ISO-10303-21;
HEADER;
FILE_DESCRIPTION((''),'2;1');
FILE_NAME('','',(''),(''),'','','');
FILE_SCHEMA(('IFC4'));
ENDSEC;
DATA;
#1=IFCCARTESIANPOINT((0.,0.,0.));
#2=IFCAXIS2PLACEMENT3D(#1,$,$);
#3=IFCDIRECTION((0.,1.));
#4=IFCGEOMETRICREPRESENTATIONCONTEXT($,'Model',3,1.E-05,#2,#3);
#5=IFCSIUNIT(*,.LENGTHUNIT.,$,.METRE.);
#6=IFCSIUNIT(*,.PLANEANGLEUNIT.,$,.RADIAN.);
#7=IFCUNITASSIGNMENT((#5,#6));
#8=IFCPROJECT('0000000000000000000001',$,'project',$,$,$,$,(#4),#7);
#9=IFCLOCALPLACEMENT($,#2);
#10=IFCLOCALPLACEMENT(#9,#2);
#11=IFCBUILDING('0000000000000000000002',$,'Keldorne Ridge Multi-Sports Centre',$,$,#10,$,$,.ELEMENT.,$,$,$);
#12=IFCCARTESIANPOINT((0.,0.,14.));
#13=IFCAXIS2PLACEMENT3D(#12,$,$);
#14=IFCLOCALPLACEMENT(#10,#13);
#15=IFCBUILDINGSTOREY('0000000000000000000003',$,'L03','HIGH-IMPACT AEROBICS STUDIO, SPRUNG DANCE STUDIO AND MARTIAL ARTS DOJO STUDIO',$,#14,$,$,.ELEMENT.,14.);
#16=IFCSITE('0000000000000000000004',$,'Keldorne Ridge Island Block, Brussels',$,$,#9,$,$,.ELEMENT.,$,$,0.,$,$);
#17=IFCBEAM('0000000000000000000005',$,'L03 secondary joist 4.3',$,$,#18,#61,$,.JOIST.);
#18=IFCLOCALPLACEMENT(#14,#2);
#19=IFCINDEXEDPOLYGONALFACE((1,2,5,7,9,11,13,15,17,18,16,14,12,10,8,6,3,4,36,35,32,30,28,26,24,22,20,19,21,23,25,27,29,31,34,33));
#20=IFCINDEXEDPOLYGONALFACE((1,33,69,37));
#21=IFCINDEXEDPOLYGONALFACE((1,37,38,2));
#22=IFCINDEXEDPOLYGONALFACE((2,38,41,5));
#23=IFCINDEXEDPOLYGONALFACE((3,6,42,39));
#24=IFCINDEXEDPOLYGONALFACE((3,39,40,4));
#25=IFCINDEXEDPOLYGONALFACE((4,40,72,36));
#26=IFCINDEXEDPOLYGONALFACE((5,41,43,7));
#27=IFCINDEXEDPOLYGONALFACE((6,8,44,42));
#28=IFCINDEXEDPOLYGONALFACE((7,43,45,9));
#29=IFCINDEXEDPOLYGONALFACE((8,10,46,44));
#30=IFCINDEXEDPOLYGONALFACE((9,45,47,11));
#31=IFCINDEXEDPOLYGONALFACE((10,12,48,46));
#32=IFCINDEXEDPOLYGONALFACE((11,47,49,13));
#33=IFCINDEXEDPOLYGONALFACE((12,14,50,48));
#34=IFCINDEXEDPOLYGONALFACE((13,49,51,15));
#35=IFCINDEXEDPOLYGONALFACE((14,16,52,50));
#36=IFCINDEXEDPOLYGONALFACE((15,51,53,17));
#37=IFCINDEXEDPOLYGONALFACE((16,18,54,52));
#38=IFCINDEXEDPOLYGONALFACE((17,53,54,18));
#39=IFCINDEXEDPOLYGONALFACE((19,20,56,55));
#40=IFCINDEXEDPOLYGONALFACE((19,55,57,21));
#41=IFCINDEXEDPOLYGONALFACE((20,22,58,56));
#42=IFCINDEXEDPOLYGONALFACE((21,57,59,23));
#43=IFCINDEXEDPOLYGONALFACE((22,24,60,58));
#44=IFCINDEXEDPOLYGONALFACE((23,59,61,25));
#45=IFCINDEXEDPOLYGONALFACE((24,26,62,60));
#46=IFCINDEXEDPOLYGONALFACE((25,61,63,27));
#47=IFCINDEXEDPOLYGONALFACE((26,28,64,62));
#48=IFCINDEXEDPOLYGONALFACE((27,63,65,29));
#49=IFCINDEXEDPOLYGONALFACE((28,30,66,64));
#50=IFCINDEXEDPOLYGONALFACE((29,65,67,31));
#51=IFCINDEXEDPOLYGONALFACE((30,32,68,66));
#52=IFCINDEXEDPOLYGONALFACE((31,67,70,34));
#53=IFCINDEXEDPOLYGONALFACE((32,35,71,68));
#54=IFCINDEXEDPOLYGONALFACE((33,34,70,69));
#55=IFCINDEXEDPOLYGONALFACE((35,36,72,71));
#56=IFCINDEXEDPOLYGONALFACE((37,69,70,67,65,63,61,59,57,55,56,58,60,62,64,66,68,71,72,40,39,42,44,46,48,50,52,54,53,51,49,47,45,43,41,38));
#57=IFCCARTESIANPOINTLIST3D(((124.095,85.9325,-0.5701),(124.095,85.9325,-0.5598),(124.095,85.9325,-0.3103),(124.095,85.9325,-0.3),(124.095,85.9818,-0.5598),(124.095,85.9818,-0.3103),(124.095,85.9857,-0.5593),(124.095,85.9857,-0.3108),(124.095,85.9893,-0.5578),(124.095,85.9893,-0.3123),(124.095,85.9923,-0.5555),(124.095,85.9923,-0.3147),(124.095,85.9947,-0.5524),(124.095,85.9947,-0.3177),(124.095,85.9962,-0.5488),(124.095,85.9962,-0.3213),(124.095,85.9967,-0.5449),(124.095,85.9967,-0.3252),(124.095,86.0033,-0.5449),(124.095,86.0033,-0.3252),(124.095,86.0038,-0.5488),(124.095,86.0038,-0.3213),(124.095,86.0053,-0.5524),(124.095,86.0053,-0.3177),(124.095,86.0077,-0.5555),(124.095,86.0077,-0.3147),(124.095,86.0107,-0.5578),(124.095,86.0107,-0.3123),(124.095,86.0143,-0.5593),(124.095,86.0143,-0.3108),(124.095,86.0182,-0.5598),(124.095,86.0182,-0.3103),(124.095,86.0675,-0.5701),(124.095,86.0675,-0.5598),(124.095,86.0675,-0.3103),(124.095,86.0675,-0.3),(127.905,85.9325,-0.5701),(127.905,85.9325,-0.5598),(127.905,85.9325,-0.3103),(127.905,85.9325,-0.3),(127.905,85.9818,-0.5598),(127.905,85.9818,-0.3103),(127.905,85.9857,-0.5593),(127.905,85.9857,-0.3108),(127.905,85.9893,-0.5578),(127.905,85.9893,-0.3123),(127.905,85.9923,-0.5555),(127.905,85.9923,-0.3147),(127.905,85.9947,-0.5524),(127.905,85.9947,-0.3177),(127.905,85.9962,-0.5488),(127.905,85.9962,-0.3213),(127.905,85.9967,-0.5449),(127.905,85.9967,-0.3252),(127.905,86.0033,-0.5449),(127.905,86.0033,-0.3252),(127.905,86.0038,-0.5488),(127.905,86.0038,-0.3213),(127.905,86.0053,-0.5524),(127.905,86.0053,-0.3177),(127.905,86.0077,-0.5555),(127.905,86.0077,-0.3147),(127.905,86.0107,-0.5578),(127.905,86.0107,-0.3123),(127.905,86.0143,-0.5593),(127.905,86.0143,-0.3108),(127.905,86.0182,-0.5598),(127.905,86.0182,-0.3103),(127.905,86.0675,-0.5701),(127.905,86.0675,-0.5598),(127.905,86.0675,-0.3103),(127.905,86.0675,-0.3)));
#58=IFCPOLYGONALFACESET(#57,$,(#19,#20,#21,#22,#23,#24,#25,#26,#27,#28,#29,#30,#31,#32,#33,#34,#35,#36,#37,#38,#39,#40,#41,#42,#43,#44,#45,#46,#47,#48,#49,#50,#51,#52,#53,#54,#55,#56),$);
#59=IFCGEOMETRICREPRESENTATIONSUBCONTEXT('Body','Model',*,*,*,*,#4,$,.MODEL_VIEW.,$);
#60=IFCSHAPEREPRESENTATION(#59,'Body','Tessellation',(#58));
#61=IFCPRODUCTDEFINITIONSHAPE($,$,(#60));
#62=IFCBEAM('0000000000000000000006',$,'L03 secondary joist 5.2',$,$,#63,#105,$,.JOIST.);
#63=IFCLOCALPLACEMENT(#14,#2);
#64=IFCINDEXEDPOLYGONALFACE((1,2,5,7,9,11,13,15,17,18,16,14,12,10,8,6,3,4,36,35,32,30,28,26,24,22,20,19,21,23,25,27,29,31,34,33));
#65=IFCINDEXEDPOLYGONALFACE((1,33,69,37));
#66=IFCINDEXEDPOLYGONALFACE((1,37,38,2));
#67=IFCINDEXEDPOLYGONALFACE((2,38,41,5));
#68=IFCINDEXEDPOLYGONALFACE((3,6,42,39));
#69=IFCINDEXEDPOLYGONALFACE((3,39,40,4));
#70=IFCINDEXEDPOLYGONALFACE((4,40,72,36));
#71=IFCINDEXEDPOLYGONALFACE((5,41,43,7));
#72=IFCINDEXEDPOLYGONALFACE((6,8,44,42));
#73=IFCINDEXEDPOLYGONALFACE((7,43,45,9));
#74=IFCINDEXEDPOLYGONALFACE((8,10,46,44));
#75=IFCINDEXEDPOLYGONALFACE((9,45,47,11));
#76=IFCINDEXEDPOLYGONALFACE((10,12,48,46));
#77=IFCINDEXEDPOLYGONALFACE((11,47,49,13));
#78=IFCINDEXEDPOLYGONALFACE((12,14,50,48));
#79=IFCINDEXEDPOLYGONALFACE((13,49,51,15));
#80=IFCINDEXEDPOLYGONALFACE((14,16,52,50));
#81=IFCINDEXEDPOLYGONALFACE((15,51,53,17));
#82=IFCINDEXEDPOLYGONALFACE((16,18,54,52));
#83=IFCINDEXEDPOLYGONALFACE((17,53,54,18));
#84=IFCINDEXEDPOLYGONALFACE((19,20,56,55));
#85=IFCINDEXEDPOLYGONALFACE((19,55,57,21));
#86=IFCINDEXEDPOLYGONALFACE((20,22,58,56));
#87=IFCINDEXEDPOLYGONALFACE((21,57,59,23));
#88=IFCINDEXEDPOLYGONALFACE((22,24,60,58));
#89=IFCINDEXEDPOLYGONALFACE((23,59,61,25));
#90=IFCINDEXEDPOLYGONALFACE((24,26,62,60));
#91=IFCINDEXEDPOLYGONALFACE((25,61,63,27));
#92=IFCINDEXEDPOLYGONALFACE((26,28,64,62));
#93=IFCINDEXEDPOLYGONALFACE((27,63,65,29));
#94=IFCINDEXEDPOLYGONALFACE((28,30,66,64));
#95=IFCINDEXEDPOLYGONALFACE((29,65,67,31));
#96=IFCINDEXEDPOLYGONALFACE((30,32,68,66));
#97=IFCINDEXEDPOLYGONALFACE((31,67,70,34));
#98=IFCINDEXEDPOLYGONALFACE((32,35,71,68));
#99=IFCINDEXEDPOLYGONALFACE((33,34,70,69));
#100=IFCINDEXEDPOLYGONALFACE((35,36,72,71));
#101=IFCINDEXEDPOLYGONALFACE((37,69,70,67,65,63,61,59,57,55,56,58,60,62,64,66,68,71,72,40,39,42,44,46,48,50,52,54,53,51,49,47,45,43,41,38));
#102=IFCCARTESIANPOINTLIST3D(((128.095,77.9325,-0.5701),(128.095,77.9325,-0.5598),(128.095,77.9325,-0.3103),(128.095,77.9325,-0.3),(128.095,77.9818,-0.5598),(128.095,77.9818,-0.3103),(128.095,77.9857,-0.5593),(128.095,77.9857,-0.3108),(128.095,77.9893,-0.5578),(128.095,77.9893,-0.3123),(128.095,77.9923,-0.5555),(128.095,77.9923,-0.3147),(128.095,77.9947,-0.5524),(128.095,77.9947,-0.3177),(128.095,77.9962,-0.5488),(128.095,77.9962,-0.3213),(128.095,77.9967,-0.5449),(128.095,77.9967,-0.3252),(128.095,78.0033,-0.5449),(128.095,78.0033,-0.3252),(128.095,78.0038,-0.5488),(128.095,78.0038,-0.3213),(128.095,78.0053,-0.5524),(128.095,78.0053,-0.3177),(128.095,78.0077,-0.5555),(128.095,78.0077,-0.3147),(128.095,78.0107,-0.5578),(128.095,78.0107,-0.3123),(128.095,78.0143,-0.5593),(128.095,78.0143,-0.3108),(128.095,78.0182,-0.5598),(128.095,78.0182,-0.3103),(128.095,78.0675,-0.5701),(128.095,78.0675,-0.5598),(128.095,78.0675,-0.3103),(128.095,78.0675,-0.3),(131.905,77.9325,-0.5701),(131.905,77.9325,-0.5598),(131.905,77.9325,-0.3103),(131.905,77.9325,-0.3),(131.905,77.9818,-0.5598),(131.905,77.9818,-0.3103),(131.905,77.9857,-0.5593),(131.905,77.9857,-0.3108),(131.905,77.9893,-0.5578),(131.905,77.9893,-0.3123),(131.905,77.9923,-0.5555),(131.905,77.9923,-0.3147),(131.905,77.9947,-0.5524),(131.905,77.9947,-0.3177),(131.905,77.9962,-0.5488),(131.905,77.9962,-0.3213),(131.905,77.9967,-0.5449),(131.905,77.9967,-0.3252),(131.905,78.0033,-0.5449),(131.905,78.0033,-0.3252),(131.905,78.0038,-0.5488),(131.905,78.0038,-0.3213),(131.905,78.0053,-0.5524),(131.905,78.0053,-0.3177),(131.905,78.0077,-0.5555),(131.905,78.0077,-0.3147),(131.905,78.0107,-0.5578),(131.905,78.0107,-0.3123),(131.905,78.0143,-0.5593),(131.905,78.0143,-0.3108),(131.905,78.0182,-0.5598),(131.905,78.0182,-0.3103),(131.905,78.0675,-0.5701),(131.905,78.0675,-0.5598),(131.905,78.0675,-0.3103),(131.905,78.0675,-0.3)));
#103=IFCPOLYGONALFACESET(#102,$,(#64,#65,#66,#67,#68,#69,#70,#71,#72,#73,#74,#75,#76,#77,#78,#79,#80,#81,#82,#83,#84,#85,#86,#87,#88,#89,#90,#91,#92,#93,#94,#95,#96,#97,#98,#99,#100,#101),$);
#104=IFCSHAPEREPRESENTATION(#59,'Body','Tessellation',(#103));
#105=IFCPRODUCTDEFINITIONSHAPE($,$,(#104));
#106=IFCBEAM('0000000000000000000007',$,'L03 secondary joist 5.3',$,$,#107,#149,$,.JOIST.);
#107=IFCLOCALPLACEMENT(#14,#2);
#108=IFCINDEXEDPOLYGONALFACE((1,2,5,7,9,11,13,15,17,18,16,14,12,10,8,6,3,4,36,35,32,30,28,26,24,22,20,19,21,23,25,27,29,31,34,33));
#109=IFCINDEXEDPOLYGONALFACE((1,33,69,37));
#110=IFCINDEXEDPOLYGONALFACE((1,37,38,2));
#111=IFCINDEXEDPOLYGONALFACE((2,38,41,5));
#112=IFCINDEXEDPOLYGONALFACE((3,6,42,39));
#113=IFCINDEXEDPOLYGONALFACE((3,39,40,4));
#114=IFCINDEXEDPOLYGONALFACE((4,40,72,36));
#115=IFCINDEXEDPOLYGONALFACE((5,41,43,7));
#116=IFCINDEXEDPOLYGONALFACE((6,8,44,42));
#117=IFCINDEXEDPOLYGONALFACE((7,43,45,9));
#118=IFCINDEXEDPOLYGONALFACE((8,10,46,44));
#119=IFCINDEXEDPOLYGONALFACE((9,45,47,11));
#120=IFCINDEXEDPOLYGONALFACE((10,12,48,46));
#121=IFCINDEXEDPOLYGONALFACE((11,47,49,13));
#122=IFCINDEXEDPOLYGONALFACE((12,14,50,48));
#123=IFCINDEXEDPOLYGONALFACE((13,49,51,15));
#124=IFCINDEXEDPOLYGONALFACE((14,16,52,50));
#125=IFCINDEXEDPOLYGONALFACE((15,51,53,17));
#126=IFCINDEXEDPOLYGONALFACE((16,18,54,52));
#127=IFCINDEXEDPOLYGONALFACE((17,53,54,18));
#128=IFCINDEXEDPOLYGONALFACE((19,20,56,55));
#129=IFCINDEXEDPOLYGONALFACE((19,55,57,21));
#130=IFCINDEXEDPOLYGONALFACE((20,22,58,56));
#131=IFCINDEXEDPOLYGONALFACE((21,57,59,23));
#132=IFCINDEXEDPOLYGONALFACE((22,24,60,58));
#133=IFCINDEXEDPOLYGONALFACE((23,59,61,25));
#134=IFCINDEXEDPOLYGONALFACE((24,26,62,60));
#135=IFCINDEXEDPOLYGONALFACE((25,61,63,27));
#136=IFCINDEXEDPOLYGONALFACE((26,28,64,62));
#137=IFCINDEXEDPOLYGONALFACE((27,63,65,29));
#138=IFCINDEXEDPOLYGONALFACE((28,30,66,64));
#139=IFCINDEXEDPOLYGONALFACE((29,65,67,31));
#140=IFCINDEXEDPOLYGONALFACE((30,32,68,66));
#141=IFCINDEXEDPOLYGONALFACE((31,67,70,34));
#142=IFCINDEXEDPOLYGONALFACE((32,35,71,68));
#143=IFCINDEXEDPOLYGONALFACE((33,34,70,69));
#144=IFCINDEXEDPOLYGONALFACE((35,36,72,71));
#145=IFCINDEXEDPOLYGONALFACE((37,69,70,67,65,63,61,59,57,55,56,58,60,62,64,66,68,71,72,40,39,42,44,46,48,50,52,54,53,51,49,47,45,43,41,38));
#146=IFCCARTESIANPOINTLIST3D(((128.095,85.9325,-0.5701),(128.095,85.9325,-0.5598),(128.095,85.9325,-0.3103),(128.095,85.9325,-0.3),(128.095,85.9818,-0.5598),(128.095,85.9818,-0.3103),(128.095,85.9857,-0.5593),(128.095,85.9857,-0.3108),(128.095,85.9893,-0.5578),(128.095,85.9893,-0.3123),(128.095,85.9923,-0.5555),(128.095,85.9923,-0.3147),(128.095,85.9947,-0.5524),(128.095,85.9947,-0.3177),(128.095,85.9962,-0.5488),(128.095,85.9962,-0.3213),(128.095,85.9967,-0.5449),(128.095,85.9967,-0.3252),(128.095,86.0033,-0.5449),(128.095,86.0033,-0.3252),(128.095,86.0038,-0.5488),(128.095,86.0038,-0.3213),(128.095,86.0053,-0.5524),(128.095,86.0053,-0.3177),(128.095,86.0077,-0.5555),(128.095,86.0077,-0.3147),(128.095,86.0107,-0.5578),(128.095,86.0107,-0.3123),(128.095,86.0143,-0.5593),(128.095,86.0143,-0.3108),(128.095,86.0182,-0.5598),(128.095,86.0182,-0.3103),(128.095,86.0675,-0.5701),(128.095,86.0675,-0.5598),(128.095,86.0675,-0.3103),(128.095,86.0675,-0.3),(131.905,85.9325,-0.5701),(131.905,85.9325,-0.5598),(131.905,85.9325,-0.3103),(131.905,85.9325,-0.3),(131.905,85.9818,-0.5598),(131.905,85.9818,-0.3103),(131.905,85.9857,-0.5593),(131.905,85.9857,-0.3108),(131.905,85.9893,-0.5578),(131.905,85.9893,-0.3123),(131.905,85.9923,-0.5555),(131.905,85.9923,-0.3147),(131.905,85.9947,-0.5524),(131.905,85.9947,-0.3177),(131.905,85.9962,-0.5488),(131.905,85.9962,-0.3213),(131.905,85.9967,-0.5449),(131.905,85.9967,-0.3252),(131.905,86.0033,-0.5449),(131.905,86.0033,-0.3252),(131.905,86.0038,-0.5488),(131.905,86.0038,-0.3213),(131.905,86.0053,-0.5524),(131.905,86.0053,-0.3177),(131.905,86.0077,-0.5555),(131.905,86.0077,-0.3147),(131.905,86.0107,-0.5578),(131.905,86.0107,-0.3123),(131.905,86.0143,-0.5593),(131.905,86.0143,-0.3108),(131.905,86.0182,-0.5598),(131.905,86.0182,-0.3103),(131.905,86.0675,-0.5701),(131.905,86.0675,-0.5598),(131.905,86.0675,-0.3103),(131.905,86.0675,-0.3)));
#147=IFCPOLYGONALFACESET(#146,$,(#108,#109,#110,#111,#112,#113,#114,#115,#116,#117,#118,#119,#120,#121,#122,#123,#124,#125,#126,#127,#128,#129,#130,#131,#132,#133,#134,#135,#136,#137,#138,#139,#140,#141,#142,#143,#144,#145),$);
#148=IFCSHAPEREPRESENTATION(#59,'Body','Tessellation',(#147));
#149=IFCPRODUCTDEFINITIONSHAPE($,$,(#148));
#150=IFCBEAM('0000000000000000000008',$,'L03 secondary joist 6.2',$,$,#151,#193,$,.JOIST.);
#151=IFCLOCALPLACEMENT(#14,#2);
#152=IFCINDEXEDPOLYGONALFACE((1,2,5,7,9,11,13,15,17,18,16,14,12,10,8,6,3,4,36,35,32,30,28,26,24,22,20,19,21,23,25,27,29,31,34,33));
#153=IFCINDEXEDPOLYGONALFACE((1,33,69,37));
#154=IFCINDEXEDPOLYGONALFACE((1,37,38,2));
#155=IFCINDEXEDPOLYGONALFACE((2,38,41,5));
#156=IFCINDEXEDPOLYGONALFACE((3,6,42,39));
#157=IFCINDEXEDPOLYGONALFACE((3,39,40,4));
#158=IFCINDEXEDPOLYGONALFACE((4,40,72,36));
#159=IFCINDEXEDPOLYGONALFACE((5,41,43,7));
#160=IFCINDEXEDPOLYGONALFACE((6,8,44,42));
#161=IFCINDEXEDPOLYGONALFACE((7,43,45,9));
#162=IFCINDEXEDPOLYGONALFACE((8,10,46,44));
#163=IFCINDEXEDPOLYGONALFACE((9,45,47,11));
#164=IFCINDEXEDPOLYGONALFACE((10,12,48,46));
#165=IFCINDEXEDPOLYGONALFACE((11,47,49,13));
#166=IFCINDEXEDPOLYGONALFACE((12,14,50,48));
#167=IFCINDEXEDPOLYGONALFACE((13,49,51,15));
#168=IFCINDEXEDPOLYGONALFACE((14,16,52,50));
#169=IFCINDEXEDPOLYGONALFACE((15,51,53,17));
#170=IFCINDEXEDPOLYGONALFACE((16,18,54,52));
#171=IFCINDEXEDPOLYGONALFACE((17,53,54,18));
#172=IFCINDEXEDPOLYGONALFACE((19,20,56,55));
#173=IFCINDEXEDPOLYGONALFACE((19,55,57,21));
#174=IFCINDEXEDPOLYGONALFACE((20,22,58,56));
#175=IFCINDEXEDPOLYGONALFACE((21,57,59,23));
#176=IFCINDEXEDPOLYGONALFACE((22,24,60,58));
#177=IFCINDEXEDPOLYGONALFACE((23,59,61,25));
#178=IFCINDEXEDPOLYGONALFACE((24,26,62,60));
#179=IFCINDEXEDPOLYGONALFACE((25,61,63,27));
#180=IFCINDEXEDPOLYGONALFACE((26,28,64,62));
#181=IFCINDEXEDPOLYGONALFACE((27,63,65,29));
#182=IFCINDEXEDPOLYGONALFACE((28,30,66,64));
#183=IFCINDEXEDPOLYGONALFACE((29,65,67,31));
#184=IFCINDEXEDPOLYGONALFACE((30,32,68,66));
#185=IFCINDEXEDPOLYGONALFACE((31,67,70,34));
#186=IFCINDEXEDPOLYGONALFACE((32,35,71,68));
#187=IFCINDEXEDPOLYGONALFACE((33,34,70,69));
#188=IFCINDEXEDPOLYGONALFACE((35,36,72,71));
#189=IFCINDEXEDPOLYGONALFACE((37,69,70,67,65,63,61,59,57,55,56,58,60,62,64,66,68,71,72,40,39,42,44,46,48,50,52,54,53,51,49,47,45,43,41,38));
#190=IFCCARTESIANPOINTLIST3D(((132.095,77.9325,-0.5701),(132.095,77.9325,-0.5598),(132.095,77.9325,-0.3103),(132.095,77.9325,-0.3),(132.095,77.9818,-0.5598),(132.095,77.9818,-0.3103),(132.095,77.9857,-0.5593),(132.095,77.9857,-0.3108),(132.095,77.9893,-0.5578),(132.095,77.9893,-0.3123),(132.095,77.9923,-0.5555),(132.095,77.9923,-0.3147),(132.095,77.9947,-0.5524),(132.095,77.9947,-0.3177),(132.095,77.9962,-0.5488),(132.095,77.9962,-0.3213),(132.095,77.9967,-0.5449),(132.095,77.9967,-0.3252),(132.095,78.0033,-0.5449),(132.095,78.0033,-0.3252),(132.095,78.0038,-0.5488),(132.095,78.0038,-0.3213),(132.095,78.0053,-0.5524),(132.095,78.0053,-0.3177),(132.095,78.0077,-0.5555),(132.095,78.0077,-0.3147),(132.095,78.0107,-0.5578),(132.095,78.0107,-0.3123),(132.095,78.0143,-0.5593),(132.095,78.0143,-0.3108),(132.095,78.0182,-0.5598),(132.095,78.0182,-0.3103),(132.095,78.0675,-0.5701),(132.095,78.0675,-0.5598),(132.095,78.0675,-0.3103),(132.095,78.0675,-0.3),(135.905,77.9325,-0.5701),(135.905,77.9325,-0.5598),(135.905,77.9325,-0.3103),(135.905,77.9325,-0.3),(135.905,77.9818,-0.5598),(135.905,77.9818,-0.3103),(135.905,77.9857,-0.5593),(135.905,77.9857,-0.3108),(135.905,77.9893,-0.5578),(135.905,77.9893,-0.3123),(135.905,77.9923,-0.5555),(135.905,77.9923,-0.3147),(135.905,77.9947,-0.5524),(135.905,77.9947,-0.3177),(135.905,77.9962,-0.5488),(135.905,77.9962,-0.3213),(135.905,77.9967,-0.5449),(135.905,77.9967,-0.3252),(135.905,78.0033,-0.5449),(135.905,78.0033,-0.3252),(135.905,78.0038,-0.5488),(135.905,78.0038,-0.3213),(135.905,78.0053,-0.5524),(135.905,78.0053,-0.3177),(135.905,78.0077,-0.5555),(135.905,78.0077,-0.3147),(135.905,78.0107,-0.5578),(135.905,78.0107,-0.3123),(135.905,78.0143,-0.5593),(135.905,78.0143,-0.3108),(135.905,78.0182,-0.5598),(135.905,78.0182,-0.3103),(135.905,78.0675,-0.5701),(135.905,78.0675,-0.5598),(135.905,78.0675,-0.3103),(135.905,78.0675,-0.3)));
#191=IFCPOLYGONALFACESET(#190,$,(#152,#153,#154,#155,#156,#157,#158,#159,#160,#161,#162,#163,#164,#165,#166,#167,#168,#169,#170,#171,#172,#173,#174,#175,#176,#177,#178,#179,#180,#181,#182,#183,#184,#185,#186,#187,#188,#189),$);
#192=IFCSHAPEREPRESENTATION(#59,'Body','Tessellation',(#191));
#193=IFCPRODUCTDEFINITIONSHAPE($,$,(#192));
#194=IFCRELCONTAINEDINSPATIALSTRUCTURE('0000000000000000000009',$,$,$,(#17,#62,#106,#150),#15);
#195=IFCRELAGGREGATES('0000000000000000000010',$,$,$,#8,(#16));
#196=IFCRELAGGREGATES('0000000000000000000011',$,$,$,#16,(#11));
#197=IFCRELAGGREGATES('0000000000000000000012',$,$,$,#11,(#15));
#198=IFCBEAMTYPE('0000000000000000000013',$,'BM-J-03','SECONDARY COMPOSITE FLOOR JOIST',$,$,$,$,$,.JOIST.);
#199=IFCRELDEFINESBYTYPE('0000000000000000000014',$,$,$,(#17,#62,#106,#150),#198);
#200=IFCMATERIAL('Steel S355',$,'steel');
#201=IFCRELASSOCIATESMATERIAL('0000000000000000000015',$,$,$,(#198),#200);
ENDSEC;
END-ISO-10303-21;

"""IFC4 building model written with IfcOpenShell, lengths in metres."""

from ifc_helpers import new_model, si_unit, direction, frame, origin, origin_2d, place, context, subcontext, project, spatial, i_section, extrude, material, material_profile, profile_set, type_object, element, save


model = new_model("IFC4")

# Units and contexts
model_context = context("Model", 3, precision=1e-05, world=origin(), true_north=direction((0.0, 1.0)))
body_context = subcontext(model_context, "Body", "Model", "MODEL_VIEW")
ifc_project = project(units=[si_unit("LENGTHUNIT", "METRE"), si_unit("PLANEANGLEUNIT", "RADIAN")], contexts=[model_context])

# Site, building, storey
site_placement = place(None, origin())
site = spatial("IfcSite", under=ifc_project, at=site_placement, Name="Keldorne Ridge Island Block, Brussels", CompositionType="ELEMENT", RefElevation=0.0)
building_placement = place(site_placement, origin())
building = spatial("IfcBuilding", under=site, at=building_placement, Name="Keldorne Ridge Multi-Sports Centre", CompositionType="ELEMENT")
storey_placement = place(building_placement, frame((0.0, 0.0, 14.0)))
storey = spatial("IfcBuildingStorey", under=building, at=storey_placement, Name="L03", Description="HIGH-IMPACT AEROBICS STUDIO, SPRUNG DANCE STUDIO AND MARTIAL ARTS DOJO STUDIO", CompositionType="ELEMENT", Elevation=14.0)

# Shared definitions
ifc_material_1 = material(Name="Steel S355", Category="steel")

# Beams
ifc_material_profile_1 = material_profile(ifc_material_1, i_section(OverallWidth=0.135, OverallDepth=0.27, WebThickness=0.0066, FlangeThickness=0.0103, FilletRadius=0.0149, at=origin_2d()), Name="IPE 270")
ifc_profile_set_1 = profile_set([ifc_material_profile_1], Name="Steel S355")
beam_type_1 = type_object("IfcBeamType", Name="BM-J-03", Description="SECONDARY COMPOSITE FLOOR JOIST", PredefinedType="JOIST", material=ifc_profile_set_1)
for number, where, z_axis, x_axis, name in (
    (1, (124.095, 86.0, -0.4351), (1.0, 0.0, 0.0), (0.0, 1.0, 0.0), "L03 secondary joist 4.3"),
    (2, (128.095, 78.0, -0.4351), (1.0, 0.0, 0.0), (0.0, 1.0, 0.0), "L03 secondary joist 5.2"),
    (3, (128.095, 86.0, -0.4351), (1.0, 0.0, 0.0), (0.0, 1.0, 0.0), "L03 secondary joist 5.3"),
    (4, (132.095, 78.0, -0.4351), (1.0, 0.0, 0.0), (0.0, 1.0, 0.0), "L03 secondary joist 6.2"),
):
    element("IfcBeam", number, at=place(storey_placement, frame(where, z_axis=z_axis, x_axis=x_axis)), inside=storey, type_object=beam_type_1, Name=name, PredefinedType="JOIST", context=body_context, shape_type="SweptSolid", body=[
        extrude(i_section(OverallWidth=0.135, OverallDepth=0.27, WebThickness=0.0066, FlangeThickness=0.0103, FilletRadius=0.0149, at=origin_2d()), origin(), (0.0, 0.0, 1.0), 3.8101),
    ])

save(model, "model.ifc")
